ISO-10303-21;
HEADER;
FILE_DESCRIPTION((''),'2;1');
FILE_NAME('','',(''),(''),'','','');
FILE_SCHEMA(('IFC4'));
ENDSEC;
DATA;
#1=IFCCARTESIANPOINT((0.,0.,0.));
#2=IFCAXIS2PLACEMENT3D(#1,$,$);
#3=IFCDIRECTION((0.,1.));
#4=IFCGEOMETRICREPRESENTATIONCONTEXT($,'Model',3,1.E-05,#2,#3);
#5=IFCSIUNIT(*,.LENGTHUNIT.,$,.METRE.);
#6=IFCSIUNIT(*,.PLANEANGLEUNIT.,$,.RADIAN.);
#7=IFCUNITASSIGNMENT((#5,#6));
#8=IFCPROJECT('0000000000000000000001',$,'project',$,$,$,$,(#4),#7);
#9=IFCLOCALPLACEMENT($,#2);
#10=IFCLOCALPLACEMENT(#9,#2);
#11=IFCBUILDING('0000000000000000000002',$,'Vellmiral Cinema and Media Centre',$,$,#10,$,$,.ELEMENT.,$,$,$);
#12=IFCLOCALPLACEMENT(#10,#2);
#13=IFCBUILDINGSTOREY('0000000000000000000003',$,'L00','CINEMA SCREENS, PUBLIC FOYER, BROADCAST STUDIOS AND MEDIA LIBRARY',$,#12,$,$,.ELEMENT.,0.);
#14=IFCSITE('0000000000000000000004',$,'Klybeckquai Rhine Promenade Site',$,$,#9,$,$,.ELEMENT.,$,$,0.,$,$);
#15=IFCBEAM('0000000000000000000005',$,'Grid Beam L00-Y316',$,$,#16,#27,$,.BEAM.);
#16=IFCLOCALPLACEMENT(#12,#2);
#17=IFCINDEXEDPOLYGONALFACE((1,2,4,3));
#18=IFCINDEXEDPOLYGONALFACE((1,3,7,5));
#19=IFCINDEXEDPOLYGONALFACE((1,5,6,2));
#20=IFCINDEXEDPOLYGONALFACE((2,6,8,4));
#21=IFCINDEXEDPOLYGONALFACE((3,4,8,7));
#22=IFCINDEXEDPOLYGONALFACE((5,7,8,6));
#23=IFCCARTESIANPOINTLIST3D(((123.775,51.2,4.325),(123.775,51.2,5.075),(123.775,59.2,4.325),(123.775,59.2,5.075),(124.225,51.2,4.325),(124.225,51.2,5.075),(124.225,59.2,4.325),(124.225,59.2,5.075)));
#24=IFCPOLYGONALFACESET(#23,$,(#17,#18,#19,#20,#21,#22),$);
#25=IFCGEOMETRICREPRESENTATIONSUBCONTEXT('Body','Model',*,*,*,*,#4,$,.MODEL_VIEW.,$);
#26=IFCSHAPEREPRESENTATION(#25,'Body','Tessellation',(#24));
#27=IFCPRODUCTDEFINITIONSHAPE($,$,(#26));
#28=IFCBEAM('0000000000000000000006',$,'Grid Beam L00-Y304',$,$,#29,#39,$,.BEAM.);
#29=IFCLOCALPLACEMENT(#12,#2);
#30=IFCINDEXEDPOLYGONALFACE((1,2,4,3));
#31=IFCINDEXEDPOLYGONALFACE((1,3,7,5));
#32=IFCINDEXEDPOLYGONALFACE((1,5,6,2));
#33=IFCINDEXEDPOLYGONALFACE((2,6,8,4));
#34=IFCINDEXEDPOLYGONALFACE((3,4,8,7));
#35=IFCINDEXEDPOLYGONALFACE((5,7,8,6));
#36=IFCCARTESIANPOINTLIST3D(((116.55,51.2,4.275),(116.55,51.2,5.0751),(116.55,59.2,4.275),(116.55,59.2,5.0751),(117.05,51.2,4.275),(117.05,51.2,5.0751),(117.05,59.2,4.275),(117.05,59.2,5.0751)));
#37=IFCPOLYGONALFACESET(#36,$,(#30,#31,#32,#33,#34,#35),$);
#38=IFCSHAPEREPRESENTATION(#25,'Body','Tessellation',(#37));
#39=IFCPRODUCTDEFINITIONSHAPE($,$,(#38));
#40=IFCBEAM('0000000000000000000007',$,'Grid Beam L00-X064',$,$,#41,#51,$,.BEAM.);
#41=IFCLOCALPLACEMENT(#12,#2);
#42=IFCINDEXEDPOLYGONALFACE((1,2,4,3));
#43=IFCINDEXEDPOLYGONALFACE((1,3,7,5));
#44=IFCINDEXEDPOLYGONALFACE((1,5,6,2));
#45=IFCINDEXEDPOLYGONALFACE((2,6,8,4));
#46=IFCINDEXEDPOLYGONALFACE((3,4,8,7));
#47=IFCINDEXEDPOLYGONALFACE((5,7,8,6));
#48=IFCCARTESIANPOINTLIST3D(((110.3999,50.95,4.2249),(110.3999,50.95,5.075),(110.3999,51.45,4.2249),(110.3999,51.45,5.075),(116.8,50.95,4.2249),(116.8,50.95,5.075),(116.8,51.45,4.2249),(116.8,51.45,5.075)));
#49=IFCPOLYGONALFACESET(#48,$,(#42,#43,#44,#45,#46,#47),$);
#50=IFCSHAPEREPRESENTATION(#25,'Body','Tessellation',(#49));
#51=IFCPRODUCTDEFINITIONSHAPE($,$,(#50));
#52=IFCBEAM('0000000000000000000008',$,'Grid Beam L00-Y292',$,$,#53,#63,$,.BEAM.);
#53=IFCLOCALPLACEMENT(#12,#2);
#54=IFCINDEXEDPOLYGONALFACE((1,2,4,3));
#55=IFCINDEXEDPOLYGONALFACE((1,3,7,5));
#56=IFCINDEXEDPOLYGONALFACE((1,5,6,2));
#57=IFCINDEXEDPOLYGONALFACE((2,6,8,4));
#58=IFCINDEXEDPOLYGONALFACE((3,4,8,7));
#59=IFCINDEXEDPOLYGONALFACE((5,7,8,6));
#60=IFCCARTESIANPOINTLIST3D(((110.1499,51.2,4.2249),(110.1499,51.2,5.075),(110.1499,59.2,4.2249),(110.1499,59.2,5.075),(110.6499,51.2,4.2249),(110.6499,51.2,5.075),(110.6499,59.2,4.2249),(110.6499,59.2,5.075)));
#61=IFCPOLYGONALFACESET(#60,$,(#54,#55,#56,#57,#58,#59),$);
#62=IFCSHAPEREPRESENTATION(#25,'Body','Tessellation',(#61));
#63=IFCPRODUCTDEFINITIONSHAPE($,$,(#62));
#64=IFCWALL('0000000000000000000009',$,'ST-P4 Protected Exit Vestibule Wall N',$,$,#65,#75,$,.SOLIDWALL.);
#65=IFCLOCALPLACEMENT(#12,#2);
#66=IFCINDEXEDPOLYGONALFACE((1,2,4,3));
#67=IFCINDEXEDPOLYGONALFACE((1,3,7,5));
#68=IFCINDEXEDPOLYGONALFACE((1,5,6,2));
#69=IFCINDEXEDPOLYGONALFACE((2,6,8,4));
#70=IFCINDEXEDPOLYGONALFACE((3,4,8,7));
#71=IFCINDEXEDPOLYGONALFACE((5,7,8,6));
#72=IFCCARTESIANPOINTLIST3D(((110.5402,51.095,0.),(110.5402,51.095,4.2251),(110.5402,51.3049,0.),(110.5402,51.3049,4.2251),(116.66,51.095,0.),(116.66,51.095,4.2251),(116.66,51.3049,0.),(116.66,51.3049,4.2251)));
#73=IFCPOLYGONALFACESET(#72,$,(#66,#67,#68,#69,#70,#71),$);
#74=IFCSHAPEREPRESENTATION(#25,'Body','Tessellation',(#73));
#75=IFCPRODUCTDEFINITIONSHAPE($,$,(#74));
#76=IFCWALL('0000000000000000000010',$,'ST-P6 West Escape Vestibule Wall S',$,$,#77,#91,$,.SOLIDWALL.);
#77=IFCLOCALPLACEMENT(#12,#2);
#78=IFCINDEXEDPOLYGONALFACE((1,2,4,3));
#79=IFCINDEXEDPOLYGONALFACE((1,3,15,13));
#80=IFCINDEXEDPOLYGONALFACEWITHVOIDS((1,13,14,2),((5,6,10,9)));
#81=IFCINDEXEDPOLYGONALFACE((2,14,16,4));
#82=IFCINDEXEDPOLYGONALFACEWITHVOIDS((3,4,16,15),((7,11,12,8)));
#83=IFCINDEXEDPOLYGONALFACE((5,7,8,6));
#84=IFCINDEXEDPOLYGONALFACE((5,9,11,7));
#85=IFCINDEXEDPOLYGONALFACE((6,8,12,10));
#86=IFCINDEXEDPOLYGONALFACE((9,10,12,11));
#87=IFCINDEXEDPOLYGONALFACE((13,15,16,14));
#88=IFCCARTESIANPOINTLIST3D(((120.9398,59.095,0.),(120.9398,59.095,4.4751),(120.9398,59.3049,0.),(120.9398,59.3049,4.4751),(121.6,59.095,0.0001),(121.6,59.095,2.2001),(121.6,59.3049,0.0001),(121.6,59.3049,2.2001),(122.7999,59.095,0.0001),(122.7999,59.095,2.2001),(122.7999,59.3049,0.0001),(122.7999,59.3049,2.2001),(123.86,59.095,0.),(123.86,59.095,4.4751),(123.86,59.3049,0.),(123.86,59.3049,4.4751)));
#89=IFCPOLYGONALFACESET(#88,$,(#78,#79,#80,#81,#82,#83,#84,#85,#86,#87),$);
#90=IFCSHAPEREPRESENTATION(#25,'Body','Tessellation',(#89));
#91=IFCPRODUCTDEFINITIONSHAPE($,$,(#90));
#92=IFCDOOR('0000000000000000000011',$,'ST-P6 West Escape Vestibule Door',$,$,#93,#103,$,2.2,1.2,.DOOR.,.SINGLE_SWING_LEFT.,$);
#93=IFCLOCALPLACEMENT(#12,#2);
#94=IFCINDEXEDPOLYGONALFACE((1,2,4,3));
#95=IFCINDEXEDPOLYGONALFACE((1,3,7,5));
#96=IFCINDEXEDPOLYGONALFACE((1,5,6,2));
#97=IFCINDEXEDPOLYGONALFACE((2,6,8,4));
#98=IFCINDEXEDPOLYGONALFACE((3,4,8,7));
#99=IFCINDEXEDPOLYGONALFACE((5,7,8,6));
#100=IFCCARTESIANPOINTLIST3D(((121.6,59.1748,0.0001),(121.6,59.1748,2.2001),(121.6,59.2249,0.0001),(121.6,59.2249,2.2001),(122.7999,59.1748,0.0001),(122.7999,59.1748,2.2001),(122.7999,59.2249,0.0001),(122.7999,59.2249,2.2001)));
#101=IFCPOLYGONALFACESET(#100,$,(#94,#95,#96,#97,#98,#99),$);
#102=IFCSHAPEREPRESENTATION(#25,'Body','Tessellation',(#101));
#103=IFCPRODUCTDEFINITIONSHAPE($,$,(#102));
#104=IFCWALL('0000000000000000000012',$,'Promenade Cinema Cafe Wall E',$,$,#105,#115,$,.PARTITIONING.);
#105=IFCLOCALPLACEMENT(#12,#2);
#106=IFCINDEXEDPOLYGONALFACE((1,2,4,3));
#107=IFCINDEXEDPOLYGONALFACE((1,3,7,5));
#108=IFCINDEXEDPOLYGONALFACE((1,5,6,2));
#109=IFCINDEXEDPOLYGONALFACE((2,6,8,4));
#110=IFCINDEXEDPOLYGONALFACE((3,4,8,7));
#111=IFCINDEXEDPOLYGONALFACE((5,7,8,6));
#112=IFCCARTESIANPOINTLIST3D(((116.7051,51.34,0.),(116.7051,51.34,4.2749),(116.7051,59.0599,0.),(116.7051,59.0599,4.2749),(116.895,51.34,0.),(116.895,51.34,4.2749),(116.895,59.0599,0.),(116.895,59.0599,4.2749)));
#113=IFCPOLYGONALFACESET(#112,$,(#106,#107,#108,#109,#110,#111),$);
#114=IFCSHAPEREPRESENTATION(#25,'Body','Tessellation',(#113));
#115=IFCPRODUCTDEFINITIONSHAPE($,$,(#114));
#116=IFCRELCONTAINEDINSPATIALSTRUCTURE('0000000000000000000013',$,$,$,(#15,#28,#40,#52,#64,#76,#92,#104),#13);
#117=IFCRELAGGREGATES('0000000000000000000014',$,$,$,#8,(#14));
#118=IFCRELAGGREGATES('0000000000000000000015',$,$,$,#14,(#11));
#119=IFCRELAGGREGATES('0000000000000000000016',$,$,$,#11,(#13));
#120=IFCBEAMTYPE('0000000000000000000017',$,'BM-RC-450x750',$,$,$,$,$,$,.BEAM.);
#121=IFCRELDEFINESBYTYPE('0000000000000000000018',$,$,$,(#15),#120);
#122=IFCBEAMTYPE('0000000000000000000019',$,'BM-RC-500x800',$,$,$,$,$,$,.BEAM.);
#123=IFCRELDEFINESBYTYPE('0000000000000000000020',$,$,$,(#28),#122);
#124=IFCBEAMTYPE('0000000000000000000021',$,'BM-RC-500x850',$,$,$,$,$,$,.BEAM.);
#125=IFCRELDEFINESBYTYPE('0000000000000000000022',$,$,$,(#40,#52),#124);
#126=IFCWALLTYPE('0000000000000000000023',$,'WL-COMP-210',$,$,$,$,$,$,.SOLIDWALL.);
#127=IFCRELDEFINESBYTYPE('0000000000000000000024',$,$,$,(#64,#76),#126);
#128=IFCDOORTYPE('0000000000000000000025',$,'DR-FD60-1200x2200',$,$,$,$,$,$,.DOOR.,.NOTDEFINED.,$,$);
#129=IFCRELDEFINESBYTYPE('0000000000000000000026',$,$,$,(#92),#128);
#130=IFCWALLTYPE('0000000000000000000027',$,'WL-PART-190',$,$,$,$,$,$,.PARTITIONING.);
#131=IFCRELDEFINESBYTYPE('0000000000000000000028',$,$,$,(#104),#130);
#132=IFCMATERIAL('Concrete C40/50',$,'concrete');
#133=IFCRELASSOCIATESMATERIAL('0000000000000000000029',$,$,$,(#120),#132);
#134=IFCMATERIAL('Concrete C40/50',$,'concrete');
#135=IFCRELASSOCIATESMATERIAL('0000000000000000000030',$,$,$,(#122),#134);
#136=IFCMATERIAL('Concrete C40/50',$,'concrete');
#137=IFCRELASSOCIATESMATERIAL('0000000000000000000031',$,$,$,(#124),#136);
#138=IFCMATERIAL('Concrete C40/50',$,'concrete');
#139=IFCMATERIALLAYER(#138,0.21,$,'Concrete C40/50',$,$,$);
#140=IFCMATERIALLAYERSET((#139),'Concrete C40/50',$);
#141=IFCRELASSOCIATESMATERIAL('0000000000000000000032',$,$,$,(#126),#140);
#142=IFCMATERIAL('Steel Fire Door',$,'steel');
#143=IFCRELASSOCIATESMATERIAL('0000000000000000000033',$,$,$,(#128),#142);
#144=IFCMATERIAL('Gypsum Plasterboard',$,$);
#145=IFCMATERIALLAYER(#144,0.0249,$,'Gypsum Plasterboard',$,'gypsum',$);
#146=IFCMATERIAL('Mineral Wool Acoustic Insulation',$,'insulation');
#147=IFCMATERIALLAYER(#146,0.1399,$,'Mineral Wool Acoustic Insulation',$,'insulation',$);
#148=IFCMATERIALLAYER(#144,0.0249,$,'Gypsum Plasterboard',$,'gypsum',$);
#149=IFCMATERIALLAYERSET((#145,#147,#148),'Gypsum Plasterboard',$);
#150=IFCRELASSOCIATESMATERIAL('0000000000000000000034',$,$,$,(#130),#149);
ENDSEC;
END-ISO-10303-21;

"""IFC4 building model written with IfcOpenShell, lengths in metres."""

from ifc_helpers import new_model, si_unit, direction, frame, frame_2d, origin, origin_2d, place, context, subcontext, project, spatial, rectangle, extrude, material, layer, layer_set, material_profile, profile_set, type_object, element, fill, save


model = new_model("IFC4")

# Units and contexts
model_context = context("Model", 3, precision=1e-05, world=origin(), true_north=direction((0.0, 1.0)))
body_context = subcontext(model_context, "Body", "Model", "MODEL_VIEW")
ifc_project = project(units=[si_unit("LENGTHUNIT", "METRE"), si_unit("PLANEANGLEUNIT", "RADIAN")], contexts=[model_context])

# Site, building, storey
site_placement = place(None, origin())
site = spatial("IfcSite", under=ifc_project, at=site_placement, Name="Klybeckquai Rhine Promenade Site", CompositionType="ELEMENT", RefElevation=0.0)
building_placement = place(site_placement, origin())
building = spatial("IfcBuilding", under=site, at=building_placement, Name="Vellmiral Cinema and Media Centre", CompositionType="ELEMENT")
storey_placement = place(building_placement, origin())
storey = spatial("IfcBuildingStorey", under=building, at=storey_placement, Name="L00", Description="CINEMA SCREENS, PUBLIC FOYER, BROADCAST STUDIOS AND MEDIA LIBRARY", CompositionType="ELEMENT", Elevation=0.0)

# Beams
ifc_material_1 = material(Name="Concrete C40/50", Category="concrete")
ifc_material_profile_1 = material_profile(ifc_material_1, rectangle(XDim=0.45, YDim=0.75, at=origin_2d()), Name="RC 450x750")
ifc_profile_set_1 = profile_set([ifc_material_profile_1], Name="Concrete C40/50")
beam_type_1 = type_object("IfcBeamType", Name="BM-RC-450x750", PredefinedType="BEAM", material=ifc_profile_set_1)
beam_1_placement = place(storey_placement, frame((124.0, 51.2, 4.7), z_axis=(0.0, 1.0, 0.0), x_axis=(-1.0, 0.0, 0.0)))
element("IfcBeam", 1, at=beam_1_placement, inside=storey, type_object=beam_type_1, Name="Grid Beam L00-Y316", PredefinedType="BEAM", context=body_context, shape_type="SweptSolid", body=[
    extrude(rectangle(XDim=0.45, YDim=0.75, at=origin_2d()), origin(), (0.0, 0.0, 1.0), 8.0),
])
ifc_material_2 = material(Name="Concrete C40/50", Category="concrete")
ifc_material_profile_2 = material_profile(ifc_material_2, rectangle(XDim=0.5, YDim=0.8, at=origin_2d()), Name="RC 500x800")
ifc_profile_set_2 = profile_set([ifc_material_profile_2], Name="Concrete C40/50")
beam_type_2 = type_object("IfcBeamType", Name="BM-RC-500x800", PredefinedType="BEAM", material=ifc_profile_set_2)
beam_2_placement = place(storey_placement, frame((116.8, 51.2, 4.675), z_axis=(0.0, 1.0, 0.0), x_axis=(-1.0, 0.0, 0.0)))
element("IfcBeam", 2, at=beam_2_placement, inside=storey, type_object=beam_type_2, Name="Grid Beam L00-Y304", PredefinedType="BEAM", context=body_context, shape_type="SweptSolid", body=[
    extrude(rectangle(XDim=0.5, YDim=0.8, at=origin_2d()), origin(), (0.0, 0.0, 1.0), 8.0),
])
ifc_material_3 = material(Name="Concrete C40/50", Category="concrete")
ifc_material_profile_3 = material_profile(ifc_material_3, rectangle(XDim=0.5, YDim=0.8501, at=origin_2d()), Name="RC 500x850")
ifc_profile_set_3 = profile_set([ifc_material_profile_3], Name="Concrete C40/50")
beam_type_3 = type_object("IfcBeamType", Name="BM-RC-500x850", PredefinedType="BEAM", material=ifc_profile_set_3)
beam_3_placement = place(storey_placement, frame((110.3999, 51.2, 4.6499), z_axis=(1.0, 0.0, 0.0), x_axis=(0.0, 1.0, 0.0)))
element("IfcBeam", 3, at=beam_3_placement, inside=storey, type_object=beam_type_3, Name="Grid Beam L00-X064", PredefinedType="BEAM", context=body_context, shape_type="SweptSolid", body=[
    extrude(rectangle(XDim=0.5, YDim=0.8501, at=origin_2d()), origin(), (0.0, 0.0, 1.0), 6.4001),
])
beam_4_placement = place(storey_placement, frame((110.3999, 51.2, 4.6499), z_axis=(0.0, 1.0, 0.0), x_axis=(-1.0, 0.0, 0.0)))
element("IfcBeam", 4, at=beam_4_placement, inside=storey, type_object=beam_type_3, Name="Grid Beam L00-Y292", PredefinedType="BEAM", context=body_context, shape_type="SweptSolid", body=[
    extrude(rectangle(XDim=0.5, YDim=0.8501, at=origin_2d()), origin(), (0.0, 0.0, 1.0), 8.0),
])

# Wall
ifc_material_4 = material(Name="Concrete C40/50", Category="concrete")
ifc_layer_1 = layer(ifc_material_4, 0.21, Name="Concrete C40/50")
ifc_layer_set_1 = layer_set([ifc_layer_1], Name="Concrete C40/50")
wall_type_1 = type_object("IfcWallType", Name="WL-COMP-210", PredefinedType="SOLIDWALL", material=ifc_layer_set_1)
wall_1_placement = place(storey_placement, frame((110.54, 51.2, 0.0), z_axis=(0.0, 0.0, 1.0), x_axis=(1.0, 0.0, 0.0)))
element("IfcWall", 5, at=wall_1_placement, inside=storey, type_object=wall_type_1, Name="ST-P4 Protected Exit Vestibule Wall N", PredefinedType="SOLIDWALL", context=body_context, shape_type="SweptSolid", body=[
    extrude(rectangle(XDim=6.1199, YDim=0.21, at=frame_2d((3.0601, 0.0))), origin(), (0.0, 0.0, 1.0), 4.2251),
])

# Wall, opening, door
wall_2_placement = place(storey_placement, frame((120.9399, 59.2, 0.0), z_axis=(0.0, 0.0, 1.0), x_axis=(1.0, 0.0, 0.0)))
wall_2 = element("IfcWall", 6, at=wall_2_placement, inside=storey, type_object=wall_type_1, Name="ST-P6 West Escape Vestibule Wall S", PredefinedType="SOLIDWALL", context=body_context, shape_type="SweptSolid", body=[
    extrude(rectangle(XDim=2.9202, YDim=0.21, at=frame_2d((1.46, 0.0))), origin(), (0.0, 0.0, 1.0), 4.4751),
])
opening_placement = place(wall_2_placement, frame((0.6599, 0.0, 0.0)))
opening = element("IfcOpeningElement", 7, at=opening_placement, cuts=wall_2, PredefinedType="OPENING", context=body_context, shape_type="SweptSolid", body=[
    extrude(rectangle(XDim=1.2, YDim=2.2, at=frame_2d((0.6001, 1.1001))), frame((0.0, 0.1169, 0.0), z_axis=(0.0, -1.0, 0.0), x_axis=(1.0, 0.0, 0.0)), (0.0, 0.0, 1.0), 0.2339),
])
ifc_material_5 = material(Name="Steel Fire Door", Category="steel")
door_type = type_object("IfcDoorType", Name="DR-FD60-1200x2200", OperationType="NOTDEFINED", PredefinedType="DOOR", material=ifc_material_5)
door_placement = place(opening_placement, origin())
door = element("IfcDoor", 8, at=door_placement, inside=storey, type_object=door_type, Name="ST-P6 West Escape Vestibule Door", OperationType="SINGLE_SWING_LEFT", OverallHeight=2.2, OverallWidth=1.2, PredefinedType="DOOR", context=body_context, shape_type="SweptSolid", body=[
    extrude(rectangle(XDim=1.2, YDim=2.2, at=frame_2d((0.6001, 1.1001))), frame((0.0, 0.0249, 0.0), z_axis=(0.0, -1.0, 0.0), x_axis=(1.0, 0.0, 0.0)), (0.0, 0.0, 1.0), 0.05),
])
fill(opening, door)

# Wall
ifc_material_6 = material(Name="Gypsum Plasterboard")
ifc_layer_2 = layer(ifc_material_6, 0.0249, Name="Gypsum Plasterboard", Category="gypsum")
ifc_material_7 = material(Name="Mineral Wool Acoustic Insulation", Category="insulation")
ifc_layer_3 = layer(ifc_material_7, 0.1399, Name="Mineral Wool Acoustic Insulation", Category="insulation")
ifc_layer_4 = layer(ifc_material_6, 0.0249, Name="Gypsum Plasterboard", Category="gypsum")
ifc_layer_set_2 = layer_set([ifc_layer_2, ifc_layer_3, ifc_layer_4], Name="Gypsum Plasterboard")
wall_type_2 = type_object("IfcWallType", Name="WL-PART-190", PredefinedType="PARTITIONING", material=ifc_layer_set_2)
wall_3_placement = place(storey_placement, frame((116.8, 51.3401, 0.0), z_axis=(0.0, 0.0, 1.0), x_axis=(0.0, 1.0, 0.0)))
element("IfcWall", 9, at=wall_3_placement, inside=storey, type_object=wall_type_2, Name="Promenade Cinema Cafe Wall E", PredefinedType="PARTITIONING", context=body_context, shape_type="SweptSolid", body=[
    extrude(rectangle(XDim=7.72, YDim=0.1899, at=frame_2d((3.8599, 0.0))), origin(), (0.0, 0.0, 1.0), 4.2749),
])

save(model, "model.ifc")
